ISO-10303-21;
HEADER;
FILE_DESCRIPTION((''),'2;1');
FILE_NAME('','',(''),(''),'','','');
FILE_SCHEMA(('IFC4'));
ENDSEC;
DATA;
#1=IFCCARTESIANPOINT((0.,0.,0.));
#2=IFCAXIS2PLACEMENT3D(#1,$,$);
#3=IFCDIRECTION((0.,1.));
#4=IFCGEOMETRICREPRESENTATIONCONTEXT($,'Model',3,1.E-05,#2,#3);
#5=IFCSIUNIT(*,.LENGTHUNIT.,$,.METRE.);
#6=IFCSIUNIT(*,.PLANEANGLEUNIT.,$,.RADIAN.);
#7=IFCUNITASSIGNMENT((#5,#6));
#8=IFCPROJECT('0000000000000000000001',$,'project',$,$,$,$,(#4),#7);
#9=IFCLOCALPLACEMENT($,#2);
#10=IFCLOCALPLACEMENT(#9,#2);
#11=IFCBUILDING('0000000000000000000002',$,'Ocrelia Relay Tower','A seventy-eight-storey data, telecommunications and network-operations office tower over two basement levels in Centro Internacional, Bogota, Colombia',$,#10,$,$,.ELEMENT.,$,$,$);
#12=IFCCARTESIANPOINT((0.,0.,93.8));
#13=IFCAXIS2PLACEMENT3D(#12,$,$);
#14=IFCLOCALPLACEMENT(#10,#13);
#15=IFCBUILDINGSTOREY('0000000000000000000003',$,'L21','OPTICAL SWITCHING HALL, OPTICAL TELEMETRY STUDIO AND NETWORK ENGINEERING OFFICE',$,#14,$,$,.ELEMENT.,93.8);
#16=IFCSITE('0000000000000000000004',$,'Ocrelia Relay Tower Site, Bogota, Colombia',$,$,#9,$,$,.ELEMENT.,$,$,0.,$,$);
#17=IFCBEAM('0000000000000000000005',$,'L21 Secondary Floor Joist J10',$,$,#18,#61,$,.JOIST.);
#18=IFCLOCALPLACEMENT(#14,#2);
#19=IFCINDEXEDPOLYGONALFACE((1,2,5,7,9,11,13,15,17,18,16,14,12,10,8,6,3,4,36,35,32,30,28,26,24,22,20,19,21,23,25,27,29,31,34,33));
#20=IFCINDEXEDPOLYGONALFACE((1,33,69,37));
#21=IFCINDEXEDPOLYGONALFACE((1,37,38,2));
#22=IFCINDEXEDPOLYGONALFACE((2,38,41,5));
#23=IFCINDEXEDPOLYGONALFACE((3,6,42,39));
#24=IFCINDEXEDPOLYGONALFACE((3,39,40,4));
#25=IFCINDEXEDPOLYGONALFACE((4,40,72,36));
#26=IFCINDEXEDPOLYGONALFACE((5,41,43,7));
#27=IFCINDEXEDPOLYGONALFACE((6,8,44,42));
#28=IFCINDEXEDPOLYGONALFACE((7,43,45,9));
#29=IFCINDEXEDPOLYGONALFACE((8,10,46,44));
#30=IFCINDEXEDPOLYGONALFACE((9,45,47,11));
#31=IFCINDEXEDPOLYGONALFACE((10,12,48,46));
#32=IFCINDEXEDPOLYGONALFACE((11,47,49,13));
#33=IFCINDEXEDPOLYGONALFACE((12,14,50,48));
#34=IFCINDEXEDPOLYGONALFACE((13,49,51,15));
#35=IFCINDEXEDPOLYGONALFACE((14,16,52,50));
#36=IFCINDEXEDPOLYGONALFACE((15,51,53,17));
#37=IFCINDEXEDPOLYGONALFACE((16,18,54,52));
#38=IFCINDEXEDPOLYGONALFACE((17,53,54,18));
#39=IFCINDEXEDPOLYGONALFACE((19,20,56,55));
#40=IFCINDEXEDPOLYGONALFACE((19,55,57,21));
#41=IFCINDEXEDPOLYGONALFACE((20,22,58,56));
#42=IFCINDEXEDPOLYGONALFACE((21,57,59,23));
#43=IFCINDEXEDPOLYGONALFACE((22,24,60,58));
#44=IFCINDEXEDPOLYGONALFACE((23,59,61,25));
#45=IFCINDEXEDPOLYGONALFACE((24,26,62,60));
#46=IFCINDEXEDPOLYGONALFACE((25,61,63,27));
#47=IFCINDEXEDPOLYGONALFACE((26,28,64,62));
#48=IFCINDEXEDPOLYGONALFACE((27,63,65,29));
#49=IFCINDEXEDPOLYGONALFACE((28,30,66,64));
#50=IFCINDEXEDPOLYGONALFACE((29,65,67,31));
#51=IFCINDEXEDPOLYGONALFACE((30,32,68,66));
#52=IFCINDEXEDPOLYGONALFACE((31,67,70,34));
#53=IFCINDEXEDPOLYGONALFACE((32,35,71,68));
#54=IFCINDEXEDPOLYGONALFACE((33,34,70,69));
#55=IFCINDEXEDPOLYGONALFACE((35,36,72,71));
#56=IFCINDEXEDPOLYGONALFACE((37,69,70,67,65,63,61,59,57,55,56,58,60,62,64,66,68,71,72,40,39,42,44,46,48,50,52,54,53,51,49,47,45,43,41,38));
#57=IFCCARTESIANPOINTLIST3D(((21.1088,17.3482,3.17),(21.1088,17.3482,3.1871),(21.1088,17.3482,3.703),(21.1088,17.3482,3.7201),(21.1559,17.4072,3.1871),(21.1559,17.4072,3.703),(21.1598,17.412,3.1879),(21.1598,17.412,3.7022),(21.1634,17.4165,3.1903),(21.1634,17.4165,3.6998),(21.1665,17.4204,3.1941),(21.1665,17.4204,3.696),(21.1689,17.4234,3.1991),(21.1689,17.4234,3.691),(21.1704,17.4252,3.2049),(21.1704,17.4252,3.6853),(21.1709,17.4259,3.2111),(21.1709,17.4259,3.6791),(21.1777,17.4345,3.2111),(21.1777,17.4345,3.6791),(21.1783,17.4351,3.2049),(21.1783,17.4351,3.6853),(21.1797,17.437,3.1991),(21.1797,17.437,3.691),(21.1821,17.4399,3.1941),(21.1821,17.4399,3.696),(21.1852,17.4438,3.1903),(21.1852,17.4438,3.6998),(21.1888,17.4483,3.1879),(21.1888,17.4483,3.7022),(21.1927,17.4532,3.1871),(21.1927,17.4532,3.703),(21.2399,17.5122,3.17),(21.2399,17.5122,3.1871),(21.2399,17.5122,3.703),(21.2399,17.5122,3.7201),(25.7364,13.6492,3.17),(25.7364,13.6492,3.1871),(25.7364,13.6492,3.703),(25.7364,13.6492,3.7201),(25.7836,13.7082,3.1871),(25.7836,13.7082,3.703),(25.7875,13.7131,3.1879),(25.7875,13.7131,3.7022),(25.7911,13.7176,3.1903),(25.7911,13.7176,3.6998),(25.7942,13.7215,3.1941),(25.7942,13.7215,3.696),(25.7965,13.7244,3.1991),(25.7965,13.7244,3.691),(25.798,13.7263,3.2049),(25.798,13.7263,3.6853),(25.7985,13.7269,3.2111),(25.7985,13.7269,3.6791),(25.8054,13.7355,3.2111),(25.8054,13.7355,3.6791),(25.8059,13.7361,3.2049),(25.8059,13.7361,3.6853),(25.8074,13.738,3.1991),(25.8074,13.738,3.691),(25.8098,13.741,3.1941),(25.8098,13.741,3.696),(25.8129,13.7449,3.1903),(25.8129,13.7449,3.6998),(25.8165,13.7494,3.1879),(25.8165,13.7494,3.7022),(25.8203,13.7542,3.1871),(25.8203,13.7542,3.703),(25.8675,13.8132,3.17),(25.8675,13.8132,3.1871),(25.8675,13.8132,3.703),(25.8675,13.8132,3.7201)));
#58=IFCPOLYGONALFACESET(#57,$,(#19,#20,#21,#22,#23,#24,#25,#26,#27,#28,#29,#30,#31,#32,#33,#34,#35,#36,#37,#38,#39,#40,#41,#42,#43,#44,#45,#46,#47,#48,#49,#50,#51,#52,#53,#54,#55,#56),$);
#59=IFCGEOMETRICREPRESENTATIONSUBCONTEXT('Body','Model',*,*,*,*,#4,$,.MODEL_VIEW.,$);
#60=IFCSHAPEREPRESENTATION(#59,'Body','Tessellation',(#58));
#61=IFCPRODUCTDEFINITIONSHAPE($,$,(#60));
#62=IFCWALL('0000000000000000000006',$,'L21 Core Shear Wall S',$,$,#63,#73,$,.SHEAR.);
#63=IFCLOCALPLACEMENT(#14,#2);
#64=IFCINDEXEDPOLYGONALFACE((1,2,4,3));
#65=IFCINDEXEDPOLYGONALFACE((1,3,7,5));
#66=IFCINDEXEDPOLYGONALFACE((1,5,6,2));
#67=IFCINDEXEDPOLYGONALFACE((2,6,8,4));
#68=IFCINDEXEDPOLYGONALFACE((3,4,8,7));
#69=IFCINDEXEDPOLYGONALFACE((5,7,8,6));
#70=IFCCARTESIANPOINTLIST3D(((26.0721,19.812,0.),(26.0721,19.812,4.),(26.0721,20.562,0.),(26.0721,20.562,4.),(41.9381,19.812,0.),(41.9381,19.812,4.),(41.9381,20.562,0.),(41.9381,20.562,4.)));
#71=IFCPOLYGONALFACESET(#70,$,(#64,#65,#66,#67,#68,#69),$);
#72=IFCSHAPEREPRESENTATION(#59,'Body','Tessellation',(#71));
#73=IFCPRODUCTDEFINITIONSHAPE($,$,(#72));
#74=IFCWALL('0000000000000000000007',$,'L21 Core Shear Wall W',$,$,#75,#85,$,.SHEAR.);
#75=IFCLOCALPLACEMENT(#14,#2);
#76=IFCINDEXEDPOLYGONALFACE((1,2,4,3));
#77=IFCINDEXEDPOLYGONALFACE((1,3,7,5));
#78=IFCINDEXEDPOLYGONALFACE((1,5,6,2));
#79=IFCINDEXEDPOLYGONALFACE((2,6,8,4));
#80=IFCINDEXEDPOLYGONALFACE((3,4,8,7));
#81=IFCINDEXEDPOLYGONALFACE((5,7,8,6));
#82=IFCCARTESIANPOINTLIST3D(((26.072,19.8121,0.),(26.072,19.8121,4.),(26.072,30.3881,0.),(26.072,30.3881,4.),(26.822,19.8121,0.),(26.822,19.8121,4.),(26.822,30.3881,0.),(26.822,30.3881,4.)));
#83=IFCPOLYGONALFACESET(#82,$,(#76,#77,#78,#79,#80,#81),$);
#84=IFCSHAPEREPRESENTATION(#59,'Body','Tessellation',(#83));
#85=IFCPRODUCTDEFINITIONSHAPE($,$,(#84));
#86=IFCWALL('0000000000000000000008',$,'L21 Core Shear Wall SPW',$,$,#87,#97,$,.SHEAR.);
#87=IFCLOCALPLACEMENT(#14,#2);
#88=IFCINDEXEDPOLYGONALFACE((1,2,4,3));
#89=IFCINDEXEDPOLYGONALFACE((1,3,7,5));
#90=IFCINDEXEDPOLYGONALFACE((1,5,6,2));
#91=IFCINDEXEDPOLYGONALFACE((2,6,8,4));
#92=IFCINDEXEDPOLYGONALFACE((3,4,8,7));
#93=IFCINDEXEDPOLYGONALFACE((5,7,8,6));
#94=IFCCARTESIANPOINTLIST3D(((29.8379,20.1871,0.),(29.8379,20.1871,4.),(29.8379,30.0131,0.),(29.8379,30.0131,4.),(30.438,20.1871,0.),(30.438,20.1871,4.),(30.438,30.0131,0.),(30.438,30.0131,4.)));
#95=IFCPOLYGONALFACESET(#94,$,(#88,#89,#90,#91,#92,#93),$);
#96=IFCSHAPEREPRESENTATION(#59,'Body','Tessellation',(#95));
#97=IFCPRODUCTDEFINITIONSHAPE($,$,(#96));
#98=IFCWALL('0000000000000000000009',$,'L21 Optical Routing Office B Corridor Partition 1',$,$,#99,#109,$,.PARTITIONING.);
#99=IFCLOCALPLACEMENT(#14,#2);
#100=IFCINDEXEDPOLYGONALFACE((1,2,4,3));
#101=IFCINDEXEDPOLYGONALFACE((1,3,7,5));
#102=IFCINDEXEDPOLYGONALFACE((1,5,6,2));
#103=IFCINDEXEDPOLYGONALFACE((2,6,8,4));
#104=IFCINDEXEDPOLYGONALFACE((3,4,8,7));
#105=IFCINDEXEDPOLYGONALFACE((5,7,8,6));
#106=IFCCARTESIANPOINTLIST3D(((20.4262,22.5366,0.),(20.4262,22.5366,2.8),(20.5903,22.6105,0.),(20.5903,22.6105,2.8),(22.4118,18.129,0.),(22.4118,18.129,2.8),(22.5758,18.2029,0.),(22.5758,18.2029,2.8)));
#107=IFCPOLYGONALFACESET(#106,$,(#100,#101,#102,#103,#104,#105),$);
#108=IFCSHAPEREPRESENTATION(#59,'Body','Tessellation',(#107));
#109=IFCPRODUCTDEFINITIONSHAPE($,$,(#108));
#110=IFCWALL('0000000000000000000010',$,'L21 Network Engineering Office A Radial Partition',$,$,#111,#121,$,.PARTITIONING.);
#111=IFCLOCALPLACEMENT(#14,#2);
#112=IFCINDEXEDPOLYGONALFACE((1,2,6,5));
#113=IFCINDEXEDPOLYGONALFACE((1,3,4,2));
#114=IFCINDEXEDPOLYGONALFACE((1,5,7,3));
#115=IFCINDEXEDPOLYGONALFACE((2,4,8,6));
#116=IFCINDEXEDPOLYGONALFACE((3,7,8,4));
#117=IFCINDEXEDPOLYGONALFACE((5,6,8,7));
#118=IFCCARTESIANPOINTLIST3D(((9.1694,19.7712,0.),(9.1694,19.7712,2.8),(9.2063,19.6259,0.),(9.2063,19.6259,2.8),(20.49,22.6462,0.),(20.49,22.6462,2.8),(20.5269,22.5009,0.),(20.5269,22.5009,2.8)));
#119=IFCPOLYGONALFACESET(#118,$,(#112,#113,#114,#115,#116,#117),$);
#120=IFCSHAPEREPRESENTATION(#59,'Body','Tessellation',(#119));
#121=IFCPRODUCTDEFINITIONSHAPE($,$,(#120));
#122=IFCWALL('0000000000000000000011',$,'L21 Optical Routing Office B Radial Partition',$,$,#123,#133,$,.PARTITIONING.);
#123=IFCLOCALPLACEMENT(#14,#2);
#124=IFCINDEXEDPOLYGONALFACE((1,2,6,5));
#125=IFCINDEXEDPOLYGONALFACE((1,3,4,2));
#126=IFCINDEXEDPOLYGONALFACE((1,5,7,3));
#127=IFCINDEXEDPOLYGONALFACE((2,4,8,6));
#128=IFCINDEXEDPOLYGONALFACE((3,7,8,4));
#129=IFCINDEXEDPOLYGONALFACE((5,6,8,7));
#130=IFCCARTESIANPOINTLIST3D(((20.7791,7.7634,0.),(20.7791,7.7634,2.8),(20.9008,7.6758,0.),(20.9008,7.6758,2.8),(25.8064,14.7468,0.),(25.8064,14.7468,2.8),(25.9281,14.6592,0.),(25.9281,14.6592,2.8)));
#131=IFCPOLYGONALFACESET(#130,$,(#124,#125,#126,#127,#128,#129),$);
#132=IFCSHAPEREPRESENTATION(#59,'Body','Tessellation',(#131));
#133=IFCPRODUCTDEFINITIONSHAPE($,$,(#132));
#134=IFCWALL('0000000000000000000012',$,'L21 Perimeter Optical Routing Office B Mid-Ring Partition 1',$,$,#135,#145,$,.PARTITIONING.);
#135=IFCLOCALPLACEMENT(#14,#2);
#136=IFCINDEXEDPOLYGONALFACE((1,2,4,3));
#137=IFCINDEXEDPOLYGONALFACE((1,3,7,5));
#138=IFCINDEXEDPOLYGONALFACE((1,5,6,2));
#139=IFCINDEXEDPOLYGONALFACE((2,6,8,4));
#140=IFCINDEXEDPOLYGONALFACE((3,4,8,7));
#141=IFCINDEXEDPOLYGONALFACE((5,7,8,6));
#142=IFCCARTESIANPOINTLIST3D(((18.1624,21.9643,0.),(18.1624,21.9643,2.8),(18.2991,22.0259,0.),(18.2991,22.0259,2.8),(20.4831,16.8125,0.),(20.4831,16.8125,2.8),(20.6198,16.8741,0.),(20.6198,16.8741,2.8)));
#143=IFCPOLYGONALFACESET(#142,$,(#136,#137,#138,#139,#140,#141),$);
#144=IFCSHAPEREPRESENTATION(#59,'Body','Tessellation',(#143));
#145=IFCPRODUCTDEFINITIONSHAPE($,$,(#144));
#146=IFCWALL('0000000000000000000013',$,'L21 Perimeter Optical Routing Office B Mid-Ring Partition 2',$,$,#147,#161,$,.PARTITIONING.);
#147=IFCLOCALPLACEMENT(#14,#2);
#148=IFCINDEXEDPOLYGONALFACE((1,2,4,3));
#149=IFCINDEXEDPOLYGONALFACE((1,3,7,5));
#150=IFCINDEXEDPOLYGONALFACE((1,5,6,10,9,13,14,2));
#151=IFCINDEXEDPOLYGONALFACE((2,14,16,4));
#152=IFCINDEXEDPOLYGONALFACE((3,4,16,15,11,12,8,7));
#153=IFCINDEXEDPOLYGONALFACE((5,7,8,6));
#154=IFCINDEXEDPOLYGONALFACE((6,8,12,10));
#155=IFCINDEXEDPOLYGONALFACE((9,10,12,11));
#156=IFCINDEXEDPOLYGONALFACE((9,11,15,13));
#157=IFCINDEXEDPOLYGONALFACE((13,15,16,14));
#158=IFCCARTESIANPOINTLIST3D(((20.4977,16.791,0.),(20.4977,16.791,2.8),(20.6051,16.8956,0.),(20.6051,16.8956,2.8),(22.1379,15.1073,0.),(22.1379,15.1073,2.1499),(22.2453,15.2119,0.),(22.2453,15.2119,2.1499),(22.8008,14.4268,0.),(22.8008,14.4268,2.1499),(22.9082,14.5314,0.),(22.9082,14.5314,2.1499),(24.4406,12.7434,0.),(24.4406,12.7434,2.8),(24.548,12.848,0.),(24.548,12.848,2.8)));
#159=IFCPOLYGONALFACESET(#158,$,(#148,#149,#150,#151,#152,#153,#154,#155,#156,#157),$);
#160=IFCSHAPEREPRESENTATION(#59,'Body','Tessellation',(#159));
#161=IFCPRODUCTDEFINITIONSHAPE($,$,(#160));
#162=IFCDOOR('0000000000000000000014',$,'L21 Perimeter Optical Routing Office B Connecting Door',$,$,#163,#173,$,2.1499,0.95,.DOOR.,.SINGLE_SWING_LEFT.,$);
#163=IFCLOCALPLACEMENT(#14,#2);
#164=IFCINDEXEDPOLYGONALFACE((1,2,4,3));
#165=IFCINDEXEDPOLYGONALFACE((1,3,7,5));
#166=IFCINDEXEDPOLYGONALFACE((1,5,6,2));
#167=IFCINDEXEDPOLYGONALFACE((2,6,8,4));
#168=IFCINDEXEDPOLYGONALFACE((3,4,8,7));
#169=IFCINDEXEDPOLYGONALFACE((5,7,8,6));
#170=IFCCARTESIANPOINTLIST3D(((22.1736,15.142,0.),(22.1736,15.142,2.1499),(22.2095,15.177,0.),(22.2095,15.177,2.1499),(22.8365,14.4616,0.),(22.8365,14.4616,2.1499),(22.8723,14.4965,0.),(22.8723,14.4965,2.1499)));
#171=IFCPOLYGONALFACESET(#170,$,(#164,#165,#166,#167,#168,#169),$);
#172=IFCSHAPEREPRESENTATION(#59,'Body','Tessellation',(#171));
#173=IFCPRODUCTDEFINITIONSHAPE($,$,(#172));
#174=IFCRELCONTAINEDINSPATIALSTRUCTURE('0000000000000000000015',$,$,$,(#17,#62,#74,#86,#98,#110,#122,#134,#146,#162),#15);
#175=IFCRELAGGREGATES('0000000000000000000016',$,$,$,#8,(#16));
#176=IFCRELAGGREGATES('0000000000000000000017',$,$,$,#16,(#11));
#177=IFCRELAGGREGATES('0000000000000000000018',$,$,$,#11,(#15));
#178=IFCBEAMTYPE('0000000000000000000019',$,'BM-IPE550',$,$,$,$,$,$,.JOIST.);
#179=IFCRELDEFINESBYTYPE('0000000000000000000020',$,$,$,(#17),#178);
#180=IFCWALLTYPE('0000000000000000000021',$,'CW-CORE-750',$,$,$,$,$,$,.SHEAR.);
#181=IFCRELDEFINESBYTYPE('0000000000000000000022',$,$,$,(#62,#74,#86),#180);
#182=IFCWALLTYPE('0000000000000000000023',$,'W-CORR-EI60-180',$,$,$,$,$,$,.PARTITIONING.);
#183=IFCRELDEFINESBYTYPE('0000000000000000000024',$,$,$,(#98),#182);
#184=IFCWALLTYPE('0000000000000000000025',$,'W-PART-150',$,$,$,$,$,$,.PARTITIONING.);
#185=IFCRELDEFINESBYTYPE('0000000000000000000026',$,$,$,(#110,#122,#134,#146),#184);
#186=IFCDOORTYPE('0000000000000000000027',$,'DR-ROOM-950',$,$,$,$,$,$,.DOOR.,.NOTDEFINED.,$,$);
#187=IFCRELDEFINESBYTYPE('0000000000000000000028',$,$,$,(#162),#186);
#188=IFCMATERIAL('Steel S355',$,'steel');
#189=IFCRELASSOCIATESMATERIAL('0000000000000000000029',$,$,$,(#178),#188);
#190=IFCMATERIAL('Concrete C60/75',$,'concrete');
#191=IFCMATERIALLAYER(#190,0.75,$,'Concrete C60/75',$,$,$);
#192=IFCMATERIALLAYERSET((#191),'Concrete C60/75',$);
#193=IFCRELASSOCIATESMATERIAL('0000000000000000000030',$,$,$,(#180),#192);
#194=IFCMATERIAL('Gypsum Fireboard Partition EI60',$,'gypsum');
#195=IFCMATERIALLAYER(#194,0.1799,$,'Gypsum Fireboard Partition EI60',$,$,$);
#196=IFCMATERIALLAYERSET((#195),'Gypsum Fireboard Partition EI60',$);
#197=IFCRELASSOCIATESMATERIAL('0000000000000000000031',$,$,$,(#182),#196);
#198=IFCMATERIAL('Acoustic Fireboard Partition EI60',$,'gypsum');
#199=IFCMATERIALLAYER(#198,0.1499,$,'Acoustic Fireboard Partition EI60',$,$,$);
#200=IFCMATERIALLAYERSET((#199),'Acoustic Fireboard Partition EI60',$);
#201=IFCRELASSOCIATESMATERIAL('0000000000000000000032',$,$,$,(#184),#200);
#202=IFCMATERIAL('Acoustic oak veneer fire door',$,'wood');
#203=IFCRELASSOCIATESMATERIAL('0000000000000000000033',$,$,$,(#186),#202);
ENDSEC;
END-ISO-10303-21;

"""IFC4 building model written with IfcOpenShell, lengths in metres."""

from ifc_helpers import new_model, si_unit, direction, frame, frame_2d, origin, origin_2d, place, context, subcontext, project, spatial, rectangle, i_section, extrude, material, layer, layer_set, material_profile, profile_set, type_object, element, fill, save


model = new_model("IFC4")

# Units and contexts
model_context = context("Model", 3, precision=1e-05, world=origin(), true_north=direction((0.0, 1.0)))
body_context = subcontext(model_context, "Body", "Model", "MODEL_VIEW")
ifc_project = project(units=[si_unit("LENGTHUNIT", "METRE"), si_unit("PLANEANGLEUNIT", "RADIAN")], contexts=[model_context])

# Site, building, storey
site_placement = place(None, origin())
site = spatial("IfcSite", under=ifc_project, at=site_placement, Name="Ocrelia Relay Tower Site, Bogota, Colombia", CompositionType="ELEMENT", RefElevation=0.0)
building_placement = place(site_placement, origin())
building = spatial("IfcBuilding", under=site, at=building_placement, Name="Ocrelia Relay Tower", Description="A seventy-eight-storey data, telecommunications and network-operations office tower over two basement levels in Centro Internacional, Bogota, Colombia", CompositionType="ELEMENT")
storey_placement = place(building_placement, frame((0.0, 0.0, 93.8)))
storey = spatial("IfcBuildingStorey", under=building, at=storey_placement, Name="L21", Description="OPTICAL SWITCHING HALL, OPTICAL TELEMETRY STUDIO AND NETWORK ENGINEERING OFFICE", CompositionType="ELEMENT", Elevation=93.8)

# Shared definitions
ifc_material_1 = material(Name="Concrete C60/75", Category="concrete")

# Beam
ifc_material_2 = material(Name="Steel S355", Category="steel")
ifc_material_profile_1 = material_profile(ifc_material_2, i_section(OverallWidth=0.21, OverallDepth=0.55, WebThickness=0.011, FlangeThickness=0.0171, FilletRadius=0.0239, at=origin_2d()), Name="IPE 550")
ifc_profile_set_1 = profile_set([ifc_material_profile_1], Name="Steel S355")
beam_type_1 = type_object("IfcBeamType", Name="BM-IPE550", PredefinedType="JOIST", material=ifc_profile_set_1)
beam_1_placement = place(storey_placement, frame((21.1743, 17.4302, 3.4451), z_axis=(0.78113, -0.624368, 0.0), x_axis=(0.624368, 0.78113, 0.0)))
element("IfcBeam", 1, at=beam_1_placement, inside=storey, type_object=beam_type_1, Name="L21 Secondary Floor Joist J10", PredefinedType="JOIST", context=body_context, shape_type="SweptSolid", body=[
    extrude(i_section(OverallWidth=0.21, OverallDepth=0.55, WebThickness=0.011, FlangeThickness=0.0171, FilletRadius=0.0239, at=origin_2d()), origin(), (0.0, 0.0, 1.0), 5.9243),
])

# Walls
ifc_layer_1 = layer(ifc_material_1, 0.75, Name="Concrete C60/75")
ifc_layer_set_1 = layer_set([ifc_layer_1], Name="Concrete C60/75")
wall_type_1 = type_object("IfcWallType", Name="CW-CORE-750", PredefinedType="SHEAR", material=ifc_layer_set_1)
wall_1_placement = place(storey_placement, frame((26.072, 20.187, 0.0), z_axis=(0.0, 0.0, 1.0), x_axis=(1.0, 0.0, 0.0)))
element("IfcWall", 2, at=wall_1_placement, inside=storey, type_object=wall_type_1, Name="L21 Core Shear Wall S", PredefinedType="SHEAR", context=body_context, shape_type="SweptSolid", body=[
    extrude(rectangle(XDim=15.866, YDim=0.75, at=frame_2d((7.9331, 0.0))), origin(), (0.0, 0.0, 1.0), 4.0),
])
wall_2_placement = place(storey_placement, frame((26.447, 19.812, 0.0), z_axis=(0.0, 0.0, 1.0), x_axis=(0.0, 1.0, 0.0)))
element("IfcWall", 3, at=wall_2_placement, inside=storey, type_object=wall_type_1, Name="L21 Core Shear Wall W", PredefinedType="SHEAR", context=body_context, shape_type="SweptSolid", body=[
    extrude(rectangle(XDim=10.5759, YDim=0.75, at=frame_2d((5.2881, 0.0))), origin(), (0.0, 0.0, 1.0), 4.0),
])
wall_3_placement = place(storey_placement, frame((30.1379, 20.187, 0.0), z_axis=(0.0, 0.0, 1.0), x_axis=(0.0, 1.0, 0.0)))
element("IfcWall", 4, at=wall_3_placement, inside=storey, type_object=wall_type_1, Name="L21 Core Shear Wall SPW", PredefinedType="SHEAR", context=body_context, shape_type="SweptSolid", body=[
    extrude(rectangle(XDim=9.8259, YDim=0.6001, at=frame_2d((4.9131, 0.0))), origin(), (0.0, 0.0, 1.0), 4.0),
])
ifc_material_3 = material(Name="Gypsum Fireboard Partition EI60", Category="gypsum")
ifc_layer_2 = layer(ifc_material_3, 0.1799, Name="Gypsum Fireboard Partition EI60")
ifc_layer_set_2 = layer_set([ifc_layer_2], Name="Gypsum Fireboard Partition EI60")
wall_type_2 = type_object("IfcWallType", Name="W-CORR-EI60-180", PredefinedType="PARTITIONING", material=ifc_layer_set_2)
wall_4_placement = place(storey_placement, frame((20.5083, 22.5735, 0.0), z_axis=(0.0, 0.0, 1.0), x_axis=(0.41073, -0.911757, 0.0)))
element("IfcWall", 5, at=wall_4_placement, inside=storey, type_object=wall_type_2, Name="L21 Optical Routing Office B Corridor Partition 1", PredefinedType="PARTITIONING", context=body_context, shape_type="SweptSolid", body=[
    extrude(rectangle(XDim=4.8342, YDim=0.1799, at=frame_2d((2.417, 0.0))), origin(), (0.0, 0.0, 1.0), 2.8),
])

# Shared definitions
ifc_material_4 = material(Name="Acoustic oak veneer fire door", Category="wood")

# Walls
ifc_material_5 = material(Name="Acoustic Fireboard Partition EI60", Category="gypsum")
ifc_layer_3 = layer(ifc_material_5, 0.1499, Name="Acoustic Fireboard Partition EI60")
ifc_layer_set_3 = layer_set([ifc_layer_3], Name="Acoustic Fireboard Partition EI60")
wall_type_3 = type_object("IfcWallType", Name="W-PART-150", PredefinedType="PARTITIONING", material=ifc_layer_set_3)
wall_5_placement = place(storey_placement, frame((20.5083, 22.5735, 0.0), z_axis=(0.0, 0.0, 1.0), x_axis=(-0.969232, -0.246149, 0.0)))
element("IfcWall", 6, at=wall_5_placement, inside=storey, type_object=wall_type_3, Name="L21 Network Engineering Office A Radial Partition", PredefinedType="PARTITIONING", context=body_context, shape_type="SweptSolid", body=[
    extrude(rectangle(XDim=11.6799, YDim=0.1499, at=frame_2d((5.8398, 0.0))), origin(), (0.0, 0.0, 1.0), 2.8),
])
wall_6_placement = place(storey_placement, frame((25.8672, 14.7029, 0.0), z_axis=(0.0, 0.0, 1.0), x_axis=(-0.584251, -0.811573, 0.0)))
element("IfcWall", 7, at=wall_6_placement, inside=storey, type_object=wall_type_3, Name="L21 Optical Routing Office B Radial Partition", PredefinedType="PARTITIONING", context=body_context, shape_type="SweptSolid", body=[
    extrude(rectangle(XDim=8.6047, YDim=0.1499, at=frame_2d((4.3022, 0.0))), origin(), (0.0, 0.0, 1.0), 2.8),
])
wall_7_placement = place(storey_placement, frame((18.2307, 21.9951, 0.0), z_axis=(0.0, 0.0, 1.0), x_axis=(0.410728, -0.911758, 0.0)))
element("IfcWall", 8, at=wall_7_placement, inside=storey, type_object=wall_type_3, Name="L21 Perimeter Optical Routing Office B Mid-Ring Partition 1", PredefinedType="PARTITIONING", context=body_context, shape_type="SweptSolid", body=[
    extrude(rectangle(XDim=5.6504, YDim=0.1499, at=frame_2d((2.8252, 0.0))), origin(), (0.0, 0.0, 1.0), 2.8),
])

# Wall, opening, door
wall_8_placement = place(storey_placement, frame((20.5515, 16.8433, 0.0), z_axis=(0.0, 0.0, 1.0), x_axis=(0.697778, -0.716314, 0.0)))
wall_8 = element("IfcWall", 9, at=wall_8_placement, inside=storey, type_object=wall_type_3, Name="L21 Perimeter Optical Routing Office B Mid-Ring Partition 2", PredefinedType="PARTITIONING", context=body_context, shape_type="SweptSolid", body=[
    extrude(rectangle(XDim=5.6506, YDim=0.1499, at=frame_2d((2.8252, 0.0))), origin(), (0.0, 0.0, 1.0), 2.8),
])
opening_1_placement = place(wall_8_placement, frame((2.3503, 0.0, 0.0)))
opening_1 = element("IfcOpeningElement", 10, at=opening_1_placement, cuts=wall_8, PredefinedType="OPENING", context=body_context, shape_type="SweptSolid", body=[
    extrude(rectangle(XDim=0.95, YDim=2.1499, at=frame_2d((0.4751, 1.075))), frame((0.0, 0.085, 0.0), z_axis=(0.0, -1.0, 0.0), x_axis=(1.0, 0.0, 0.0)), (0.0, 0.0, 1.0), 0.1699),
])
door_type_1 = type_object("IfcDoorType", Name="DR-ROOM-950", OperationType="NOTDEFINED", PredefinedType="DOOR", material=ifc_material_4)
door_1_placement = place(opening_1_placement, origin())
door_1 = element("IfcDoor", 11, at=door_1_placement, inside=storey, type_object=door_type_1, Name="L21 Perimeter Optical Routing Office B Connecting Door", OperationType="SINGLE_SWING_LEFT", OverallHeight=2.1499, OverallWidth=0.95, PredefinedType="DOOR", context=body_context, shape_type="SweptSolid", body=[
    extrude(rectangle(XDim=0.95, YDim=2.1499, at=frame_2d((0.4751, 1.075))), frame((0.0, 0.0249, 0.0), z_axis=(0.0, -1.0, 0.0), x_axis=(1.0, 0.0, 0.0)), (0.0, 0.0, 1.0), 0.05),
])
fill(opening_1, door_1)

save(model, "model.ifc")
